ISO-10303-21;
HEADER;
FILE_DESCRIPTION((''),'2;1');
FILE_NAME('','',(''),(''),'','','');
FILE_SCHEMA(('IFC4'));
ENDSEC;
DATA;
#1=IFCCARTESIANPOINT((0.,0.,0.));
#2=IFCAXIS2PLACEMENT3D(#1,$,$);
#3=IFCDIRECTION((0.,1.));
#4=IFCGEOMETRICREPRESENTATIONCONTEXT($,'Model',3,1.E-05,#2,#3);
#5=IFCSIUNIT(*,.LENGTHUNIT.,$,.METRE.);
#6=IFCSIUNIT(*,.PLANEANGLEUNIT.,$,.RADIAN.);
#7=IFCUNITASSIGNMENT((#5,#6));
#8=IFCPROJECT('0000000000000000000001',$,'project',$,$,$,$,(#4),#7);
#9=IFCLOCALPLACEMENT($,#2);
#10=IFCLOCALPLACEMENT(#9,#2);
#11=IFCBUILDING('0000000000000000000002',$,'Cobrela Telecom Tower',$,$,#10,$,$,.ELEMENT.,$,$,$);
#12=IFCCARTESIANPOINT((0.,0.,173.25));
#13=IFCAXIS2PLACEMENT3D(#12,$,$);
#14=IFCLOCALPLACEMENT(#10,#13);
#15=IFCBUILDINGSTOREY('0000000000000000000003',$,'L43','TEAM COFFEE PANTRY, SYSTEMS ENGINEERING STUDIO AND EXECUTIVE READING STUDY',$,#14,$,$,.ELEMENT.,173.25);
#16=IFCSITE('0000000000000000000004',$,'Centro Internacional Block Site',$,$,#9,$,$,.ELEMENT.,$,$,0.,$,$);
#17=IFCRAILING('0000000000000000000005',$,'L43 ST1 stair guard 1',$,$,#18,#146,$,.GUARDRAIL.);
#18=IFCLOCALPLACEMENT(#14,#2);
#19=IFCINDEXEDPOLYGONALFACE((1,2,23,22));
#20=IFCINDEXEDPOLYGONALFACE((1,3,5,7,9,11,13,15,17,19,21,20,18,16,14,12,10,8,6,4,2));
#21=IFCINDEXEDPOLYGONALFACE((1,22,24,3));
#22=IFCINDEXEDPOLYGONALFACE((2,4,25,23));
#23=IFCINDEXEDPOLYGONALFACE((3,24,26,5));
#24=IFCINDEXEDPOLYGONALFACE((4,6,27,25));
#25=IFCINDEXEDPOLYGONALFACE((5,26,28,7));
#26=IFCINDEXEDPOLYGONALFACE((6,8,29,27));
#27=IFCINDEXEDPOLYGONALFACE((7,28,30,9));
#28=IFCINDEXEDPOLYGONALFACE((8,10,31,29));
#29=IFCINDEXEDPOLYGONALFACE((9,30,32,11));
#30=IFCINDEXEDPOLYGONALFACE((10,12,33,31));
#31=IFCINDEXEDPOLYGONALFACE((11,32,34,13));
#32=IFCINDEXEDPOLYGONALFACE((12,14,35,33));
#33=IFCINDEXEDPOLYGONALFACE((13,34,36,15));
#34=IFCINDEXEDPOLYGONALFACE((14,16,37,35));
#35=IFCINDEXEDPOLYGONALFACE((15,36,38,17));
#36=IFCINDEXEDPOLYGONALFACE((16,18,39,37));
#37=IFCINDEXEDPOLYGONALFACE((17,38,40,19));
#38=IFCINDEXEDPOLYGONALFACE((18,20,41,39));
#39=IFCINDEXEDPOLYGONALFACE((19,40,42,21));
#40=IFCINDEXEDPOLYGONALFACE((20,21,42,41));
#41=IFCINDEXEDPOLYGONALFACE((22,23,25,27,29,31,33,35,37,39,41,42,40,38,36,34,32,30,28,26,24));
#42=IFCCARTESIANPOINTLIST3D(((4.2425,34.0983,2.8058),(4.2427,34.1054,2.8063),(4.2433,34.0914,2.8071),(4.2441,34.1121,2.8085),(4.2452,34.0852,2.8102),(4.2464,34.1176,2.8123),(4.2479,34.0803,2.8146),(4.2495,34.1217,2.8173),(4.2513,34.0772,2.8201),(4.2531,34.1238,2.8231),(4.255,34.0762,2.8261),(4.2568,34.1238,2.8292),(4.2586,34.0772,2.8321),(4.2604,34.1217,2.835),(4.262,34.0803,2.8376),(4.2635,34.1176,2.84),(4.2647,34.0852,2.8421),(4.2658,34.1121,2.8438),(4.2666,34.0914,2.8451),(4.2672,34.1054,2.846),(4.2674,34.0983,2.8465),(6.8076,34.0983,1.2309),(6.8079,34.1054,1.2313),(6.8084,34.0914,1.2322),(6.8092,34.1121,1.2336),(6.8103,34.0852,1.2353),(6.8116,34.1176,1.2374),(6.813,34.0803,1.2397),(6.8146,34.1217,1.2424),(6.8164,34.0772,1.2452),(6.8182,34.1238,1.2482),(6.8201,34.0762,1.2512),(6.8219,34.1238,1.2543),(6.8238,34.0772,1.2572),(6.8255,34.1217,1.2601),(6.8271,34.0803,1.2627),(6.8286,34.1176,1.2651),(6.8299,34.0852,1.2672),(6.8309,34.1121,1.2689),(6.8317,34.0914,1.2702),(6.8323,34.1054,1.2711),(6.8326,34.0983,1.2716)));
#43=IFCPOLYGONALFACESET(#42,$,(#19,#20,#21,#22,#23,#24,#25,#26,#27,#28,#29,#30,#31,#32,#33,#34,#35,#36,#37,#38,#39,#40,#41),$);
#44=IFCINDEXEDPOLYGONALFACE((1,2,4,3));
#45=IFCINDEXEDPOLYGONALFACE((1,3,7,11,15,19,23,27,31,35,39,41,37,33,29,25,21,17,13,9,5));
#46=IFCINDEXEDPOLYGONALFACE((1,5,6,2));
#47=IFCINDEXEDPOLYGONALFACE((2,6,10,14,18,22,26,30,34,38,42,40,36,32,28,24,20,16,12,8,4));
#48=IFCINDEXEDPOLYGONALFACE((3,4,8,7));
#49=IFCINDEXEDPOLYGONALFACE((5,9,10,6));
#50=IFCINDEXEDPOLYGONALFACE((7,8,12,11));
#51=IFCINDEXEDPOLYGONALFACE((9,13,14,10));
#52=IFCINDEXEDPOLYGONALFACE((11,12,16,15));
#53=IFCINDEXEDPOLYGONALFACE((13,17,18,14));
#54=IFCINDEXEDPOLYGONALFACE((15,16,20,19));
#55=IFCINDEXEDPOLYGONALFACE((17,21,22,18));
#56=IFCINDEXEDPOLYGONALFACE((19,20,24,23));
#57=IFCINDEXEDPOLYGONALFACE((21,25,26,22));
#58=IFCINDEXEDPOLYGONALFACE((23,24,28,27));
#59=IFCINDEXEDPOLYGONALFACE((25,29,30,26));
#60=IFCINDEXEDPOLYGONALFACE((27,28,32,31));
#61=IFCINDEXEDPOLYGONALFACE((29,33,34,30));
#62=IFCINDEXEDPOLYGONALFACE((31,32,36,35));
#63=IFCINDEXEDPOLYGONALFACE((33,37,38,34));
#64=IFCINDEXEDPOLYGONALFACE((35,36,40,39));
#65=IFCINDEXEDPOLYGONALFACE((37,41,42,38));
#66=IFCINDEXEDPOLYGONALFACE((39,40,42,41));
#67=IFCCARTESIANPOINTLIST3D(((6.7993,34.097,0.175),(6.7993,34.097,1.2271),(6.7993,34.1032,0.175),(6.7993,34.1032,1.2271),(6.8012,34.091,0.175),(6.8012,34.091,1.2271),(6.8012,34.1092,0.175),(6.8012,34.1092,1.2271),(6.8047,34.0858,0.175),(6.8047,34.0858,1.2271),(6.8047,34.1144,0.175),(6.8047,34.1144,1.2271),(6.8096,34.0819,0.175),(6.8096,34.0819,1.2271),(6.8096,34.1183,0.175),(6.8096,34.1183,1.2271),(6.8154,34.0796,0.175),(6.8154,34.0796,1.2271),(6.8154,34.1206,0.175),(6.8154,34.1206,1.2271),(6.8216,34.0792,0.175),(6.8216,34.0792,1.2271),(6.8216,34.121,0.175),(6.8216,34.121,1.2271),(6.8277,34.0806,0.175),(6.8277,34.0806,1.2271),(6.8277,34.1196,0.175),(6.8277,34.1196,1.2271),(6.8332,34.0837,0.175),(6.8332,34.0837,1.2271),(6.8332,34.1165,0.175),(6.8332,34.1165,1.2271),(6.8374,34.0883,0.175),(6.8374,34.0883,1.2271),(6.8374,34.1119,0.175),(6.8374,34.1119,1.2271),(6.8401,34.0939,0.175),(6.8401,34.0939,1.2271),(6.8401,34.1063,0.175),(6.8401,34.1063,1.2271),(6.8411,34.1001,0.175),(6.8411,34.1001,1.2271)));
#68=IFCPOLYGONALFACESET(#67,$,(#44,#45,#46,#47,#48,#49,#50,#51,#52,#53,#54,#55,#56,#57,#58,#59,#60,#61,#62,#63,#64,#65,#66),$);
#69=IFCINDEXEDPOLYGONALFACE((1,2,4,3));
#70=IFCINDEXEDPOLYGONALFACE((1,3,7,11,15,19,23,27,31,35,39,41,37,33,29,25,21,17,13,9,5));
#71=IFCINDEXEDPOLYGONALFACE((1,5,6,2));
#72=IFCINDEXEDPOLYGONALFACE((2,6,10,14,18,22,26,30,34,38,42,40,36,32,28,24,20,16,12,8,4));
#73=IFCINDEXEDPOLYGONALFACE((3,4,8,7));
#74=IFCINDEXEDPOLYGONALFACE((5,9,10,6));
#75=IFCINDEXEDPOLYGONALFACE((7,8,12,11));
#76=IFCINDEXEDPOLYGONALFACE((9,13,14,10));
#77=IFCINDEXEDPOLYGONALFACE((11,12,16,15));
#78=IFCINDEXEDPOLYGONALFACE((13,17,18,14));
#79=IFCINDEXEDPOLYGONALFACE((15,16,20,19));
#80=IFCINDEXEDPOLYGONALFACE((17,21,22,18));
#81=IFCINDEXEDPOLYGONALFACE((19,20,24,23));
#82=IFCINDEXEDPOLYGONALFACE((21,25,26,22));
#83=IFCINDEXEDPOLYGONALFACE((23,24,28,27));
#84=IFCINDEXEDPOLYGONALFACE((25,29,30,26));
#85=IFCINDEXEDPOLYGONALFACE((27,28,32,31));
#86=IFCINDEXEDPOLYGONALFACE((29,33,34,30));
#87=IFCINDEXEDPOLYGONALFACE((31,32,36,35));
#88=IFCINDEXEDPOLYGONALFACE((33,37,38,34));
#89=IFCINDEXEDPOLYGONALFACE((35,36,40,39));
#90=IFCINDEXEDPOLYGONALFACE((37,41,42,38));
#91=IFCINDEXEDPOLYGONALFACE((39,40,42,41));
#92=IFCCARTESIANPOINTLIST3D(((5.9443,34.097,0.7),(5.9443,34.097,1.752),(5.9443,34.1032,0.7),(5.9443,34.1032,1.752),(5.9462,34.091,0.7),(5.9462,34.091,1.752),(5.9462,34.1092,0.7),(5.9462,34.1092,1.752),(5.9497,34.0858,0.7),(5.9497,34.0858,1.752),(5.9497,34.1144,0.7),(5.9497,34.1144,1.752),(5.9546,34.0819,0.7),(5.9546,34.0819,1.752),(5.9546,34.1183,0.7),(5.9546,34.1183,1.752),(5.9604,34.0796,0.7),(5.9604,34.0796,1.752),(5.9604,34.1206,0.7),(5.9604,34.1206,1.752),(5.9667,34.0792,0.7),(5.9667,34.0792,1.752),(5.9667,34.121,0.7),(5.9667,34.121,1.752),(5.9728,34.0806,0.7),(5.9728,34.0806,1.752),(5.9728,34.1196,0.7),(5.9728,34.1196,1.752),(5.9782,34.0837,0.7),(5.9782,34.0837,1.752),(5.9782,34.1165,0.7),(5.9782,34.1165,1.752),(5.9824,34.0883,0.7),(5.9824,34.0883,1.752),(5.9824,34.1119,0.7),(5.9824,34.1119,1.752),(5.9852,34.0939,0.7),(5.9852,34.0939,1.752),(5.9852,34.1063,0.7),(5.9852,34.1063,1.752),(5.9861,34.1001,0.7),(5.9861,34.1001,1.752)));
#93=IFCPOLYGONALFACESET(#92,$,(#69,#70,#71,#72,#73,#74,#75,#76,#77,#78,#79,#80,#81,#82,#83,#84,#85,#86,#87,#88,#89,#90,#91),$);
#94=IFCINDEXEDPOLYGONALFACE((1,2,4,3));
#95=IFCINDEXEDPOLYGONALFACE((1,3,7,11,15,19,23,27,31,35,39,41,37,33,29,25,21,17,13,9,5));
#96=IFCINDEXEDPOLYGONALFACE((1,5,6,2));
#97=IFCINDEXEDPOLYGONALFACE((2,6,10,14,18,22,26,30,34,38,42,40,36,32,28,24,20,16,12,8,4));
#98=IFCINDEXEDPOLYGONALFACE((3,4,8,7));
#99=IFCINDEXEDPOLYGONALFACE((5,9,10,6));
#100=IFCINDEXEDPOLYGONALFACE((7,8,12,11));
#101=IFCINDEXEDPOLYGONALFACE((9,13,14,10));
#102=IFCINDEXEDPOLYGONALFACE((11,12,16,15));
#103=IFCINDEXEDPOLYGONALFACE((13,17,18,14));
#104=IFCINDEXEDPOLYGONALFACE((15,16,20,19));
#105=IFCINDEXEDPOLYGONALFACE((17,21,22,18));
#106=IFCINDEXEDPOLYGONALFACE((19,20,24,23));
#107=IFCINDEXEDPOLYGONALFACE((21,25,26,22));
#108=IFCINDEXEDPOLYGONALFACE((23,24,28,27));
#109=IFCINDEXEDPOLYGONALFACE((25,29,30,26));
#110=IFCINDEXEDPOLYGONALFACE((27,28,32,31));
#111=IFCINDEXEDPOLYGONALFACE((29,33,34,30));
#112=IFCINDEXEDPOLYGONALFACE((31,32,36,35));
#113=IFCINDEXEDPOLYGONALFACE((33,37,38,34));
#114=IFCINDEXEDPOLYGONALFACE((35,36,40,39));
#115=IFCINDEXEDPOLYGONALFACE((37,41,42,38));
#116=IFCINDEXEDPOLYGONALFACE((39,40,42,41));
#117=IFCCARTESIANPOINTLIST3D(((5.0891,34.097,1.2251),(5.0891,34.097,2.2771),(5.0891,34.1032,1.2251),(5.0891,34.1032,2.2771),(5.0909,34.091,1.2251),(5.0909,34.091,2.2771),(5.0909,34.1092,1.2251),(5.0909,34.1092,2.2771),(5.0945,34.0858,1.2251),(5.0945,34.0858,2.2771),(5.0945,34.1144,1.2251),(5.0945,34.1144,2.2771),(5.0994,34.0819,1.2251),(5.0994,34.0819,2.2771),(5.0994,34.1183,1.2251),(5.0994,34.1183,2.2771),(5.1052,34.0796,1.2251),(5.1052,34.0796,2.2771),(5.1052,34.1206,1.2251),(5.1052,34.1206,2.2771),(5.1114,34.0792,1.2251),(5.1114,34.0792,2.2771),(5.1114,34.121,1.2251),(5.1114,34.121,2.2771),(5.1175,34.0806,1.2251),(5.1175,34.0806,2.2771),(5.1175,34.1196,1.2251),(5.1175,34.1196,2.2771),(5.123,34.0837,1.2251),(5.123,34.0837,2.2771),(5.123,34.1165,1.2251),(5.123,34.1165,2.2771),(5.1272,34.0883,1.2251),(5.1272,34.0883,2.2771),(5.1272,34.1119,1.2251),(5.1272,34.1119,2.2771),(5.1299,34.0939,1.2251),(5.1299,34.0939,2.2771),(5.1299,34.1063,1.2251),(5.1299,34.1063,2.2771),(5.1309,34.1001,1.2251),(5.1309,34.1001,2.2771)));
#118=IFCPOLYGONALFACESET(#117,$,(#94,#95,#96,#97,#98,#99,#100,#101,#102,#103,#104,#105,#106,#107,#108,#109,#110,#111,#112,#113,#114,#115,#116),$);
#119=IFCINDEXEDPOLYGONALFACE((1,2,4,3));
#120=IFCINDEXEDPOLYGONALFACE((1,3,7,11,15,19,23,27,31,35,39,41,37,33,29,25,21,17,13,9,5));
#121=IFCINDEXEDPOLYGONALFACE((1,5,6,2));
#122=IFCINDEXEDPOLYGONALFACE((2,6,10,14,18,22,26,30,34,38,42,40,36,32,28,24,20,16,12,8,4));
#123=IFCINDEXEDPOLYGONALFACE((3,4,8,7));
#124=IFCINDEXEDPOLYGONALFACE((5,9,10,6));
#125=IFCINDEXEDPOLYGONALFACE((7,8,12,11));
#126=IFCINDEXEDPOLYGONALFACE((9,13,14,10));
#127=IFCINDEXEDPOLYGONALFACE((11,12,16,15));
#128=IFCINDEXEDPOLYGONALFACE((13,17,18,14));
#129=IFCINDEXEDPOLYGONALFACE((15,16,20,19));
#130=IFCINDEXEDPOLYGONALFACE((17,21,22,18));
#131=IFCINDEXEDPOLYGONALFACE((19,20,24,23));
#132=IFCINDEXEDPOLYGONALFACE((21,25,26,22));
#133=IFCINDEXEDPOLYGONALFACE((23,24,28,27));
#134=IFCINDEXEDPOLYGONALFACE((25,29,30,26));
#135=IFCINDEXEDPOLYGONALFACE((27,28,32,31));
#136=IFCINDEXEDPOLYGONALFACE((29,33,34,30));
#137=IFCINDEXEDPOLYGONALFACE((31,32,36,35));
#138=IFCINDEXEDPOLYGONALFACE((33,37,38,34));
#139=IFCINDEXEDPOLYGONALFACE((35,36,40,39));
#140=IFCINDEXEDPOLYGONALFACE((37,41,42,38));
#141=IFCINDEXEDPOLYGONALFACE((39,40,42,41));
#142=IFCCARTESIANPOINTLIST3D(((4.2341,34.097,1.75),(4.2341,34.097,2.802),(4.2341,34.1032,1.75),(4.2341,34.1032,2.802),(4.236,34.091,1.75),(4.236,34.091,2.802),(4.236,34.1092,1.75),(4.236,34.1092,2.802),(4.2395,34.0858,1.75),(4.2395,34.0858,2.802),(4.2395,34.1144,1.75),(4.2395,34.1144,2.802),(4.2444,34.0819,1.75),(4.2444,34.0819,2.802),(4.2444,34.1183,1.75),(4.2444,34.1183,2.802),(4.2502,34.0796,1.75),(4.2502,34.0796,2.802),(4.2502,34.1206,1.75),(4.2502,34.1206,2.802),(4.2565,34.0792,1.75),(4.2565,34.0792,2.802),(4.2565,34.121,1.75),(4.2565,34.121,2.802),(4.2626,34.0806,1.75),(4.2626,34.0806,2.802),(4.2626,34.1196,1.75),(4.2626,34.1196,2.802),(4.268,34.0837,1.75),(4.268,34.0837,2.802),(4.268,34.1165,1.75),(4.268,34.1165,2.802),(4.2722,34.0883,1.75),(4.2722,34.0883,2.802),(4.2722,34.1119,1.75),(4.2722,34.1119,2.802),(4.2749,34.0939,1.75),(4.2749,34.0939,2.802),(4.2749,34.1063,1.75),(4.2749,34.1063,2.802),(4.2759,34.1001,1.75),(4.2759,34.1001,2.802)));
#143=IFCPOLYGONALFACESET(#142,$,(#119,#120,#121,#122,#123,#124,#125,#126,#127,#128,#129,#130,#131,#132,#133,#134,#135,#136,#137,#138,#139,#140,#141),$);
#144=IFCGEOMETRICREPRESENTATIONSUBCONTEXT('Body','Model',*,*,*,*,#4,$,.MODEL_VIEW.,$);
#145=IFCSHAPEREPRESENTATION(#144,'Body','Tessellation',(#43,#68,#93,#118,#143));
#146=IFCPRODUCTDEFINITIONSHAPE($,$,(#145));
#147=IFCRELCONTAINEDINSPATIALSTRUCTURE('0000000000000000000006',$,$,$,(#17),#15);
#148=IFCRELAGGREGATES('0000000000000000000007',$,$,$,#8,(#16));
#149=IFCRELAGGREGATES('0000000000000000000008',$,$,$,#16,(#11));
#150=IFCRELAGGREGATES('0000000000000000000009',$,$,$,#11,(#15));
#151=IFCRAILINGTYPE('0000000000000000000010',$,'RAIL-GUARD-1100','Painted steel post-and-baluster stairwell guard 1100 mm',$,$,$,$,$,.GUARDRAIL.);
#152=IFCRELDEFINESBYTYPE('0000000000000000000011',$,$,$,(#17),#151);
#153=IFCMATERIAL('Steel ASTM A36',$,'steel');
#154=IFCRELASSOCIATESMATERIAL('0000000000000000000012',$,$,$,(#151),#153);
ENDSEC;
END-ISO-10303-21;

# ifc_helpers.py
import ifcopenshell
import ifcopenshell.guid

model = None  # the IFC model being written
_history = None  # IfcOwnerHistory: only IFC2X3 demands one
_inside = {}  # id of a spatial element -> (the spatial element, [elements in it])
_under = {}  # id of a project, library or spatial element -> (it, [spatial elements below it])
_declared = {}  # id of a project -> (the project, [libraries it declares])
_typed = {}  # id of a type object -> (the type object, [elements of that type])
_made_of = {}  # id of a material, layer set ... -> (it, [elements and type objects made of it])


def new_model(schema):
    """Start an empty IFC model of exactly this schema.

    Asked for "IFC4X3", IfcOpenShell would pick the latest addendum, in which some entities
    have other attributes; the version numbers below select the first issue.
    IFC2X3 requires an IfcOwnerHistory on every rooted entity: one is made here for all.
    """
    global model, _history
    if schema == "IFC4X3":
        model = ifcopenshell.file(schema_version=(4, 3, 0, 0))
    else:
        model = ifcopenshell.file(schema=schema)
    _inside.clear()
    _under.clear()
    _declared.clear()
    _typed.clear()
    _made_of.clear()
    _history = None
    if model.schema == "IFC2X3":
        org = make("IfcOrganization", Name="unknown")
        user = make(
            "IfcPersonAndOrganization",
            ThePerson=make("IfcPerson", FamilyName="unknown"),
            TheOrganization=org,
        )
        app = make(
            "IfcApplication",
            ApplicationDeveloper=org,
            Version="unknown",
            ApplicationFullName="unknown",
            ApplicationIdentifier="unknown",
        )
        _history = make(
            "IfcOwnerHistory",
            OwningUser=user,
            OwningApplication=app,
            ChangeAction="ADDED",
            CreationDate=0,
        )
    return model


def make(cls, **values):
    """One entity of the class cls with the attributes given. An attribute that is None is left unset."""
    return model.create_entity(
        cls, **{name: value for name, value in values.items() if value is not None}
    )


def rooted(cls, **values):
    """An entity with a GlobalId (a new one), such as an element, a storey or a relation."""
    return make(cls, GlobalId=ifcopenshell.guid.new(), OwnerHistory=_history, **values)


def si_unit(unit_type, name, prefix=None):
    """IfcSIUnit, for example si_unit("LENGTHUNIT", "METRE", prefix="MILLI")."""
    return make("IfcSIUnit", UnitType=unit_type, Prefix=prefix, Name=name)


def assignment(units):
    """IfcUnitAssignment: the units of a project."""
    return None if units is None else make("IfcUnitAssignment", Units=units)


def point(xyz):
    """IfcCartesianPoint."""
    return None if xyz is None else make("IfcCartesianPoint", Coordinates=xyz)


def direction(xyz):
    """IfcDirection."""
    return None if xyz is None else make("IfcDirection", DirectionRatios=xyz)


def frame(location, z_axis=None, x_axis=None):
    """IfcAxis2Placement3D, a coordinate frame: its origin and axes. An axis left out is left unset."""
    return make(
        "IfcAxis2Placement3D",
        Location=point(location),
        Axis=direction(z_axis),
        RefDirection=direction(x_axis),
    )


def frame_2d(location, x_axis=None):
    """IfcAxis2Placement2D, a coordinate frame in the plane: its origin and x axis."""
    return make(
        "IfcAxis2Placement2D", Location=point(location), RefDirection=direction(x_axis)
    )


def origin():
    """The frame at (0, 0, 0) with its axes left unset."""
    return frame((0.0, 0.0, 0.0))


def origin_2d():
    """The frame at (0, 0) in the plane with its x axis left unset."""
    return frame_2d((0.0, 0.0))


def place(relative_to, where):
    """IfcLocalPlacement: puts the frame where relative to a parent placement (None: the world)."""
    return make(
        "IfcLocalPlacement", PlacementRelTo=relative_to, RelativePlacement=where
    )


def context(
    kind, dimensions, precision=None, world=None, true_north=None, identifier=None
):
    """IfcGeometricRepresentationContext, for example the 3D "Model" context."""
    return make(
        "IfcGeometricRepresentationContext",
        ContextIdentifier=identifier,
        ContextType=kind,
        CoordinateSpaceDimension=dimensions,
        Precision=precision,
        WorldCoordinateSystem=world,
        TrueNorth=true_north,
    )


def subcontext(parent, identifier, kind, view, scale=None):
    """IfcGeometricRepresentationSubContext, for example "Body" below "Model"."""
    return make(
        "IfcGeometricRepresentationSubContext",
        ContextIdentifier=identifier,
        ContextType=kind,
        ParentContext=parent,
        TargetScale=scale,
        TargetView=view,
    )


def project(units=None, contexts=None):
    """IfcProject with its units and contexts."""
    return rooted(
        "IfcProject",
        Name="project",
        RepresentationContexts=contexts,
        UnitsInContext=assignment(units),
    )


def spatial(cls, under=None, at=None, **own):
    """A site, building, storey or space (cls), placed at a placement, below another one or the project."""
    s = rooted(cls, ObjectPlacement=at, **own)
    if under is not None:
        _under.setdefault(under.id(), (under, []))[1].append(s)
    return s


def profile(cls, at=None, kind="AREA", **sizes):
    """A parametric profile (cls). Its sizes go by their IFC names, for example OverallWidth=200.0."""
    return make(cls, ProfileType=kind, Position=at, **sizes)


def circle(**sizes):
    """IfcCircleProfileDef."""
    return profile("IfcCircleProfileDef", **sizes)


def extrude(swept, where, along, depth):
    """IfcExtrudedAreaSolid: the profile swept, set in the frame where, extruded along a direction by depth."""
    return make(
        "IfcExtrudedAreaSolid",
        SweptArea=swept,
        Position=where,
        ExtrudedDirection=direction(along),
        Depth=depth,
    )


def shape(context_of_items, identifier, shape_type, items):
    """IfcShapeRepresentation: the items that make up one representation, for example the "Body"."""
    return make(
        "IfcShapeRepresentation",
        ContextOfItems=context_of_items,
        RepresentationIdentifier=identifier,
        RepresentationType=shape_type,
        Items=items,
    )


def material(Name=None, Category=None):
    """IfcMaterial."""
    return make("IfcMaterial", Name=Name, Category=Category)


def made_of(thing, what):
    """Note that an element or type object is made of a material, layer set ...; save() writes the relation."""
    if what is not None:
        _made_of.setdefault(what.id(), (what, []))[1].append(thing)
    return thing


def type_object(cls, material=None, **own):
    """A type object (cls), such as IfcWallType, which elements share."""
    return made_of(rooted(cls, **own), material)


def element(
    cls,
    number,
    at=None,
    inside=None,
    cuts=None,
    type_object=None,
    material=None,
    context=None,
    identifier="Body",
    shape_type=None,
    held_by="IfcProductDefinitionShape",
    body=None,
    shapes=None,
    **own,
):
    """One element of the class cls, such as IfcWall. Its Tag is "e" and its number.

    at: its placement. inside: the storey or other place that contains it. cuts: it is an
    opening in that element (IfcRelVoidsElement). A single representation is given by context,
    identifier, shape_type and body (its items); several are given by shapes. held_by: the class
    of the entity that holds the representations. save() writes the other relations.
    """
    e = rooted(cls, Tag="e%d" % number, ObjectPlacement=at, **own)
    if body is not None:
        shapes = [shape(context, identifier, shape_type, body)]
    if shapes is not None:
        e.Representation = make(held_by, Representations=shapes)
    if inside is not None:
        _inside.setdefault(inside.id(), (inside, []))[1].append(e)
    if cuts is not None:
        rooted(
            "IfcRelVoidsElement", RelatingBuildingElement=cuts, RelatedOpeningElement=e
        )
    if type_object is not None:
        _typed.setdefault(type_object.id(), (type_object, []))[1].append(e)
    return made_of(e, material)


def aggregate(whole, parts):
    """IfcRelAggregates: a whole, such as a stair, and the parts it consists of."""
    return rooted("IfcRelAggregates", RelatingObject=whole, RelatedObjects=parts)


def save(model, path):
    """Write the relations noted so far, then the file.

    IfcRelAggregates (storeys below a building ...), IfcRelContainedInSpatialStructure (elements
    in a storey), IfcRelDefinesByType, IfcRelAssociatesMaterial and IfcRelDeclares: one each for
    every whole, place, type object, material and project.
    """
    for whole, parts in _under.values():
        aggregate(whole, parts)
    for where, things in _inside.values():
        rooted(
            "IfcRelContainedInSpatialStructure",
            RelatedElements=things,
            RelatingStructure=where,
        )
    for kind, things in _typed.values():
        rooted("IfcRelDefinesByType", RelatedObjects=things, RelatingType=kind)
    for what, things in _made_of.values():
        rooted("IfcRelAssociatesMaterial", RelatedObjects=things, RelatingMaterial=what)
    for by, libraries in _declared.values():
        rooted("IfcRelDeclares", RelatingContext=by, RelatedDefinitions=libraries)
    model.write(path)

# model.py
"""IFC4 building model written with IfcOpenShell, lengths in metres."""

from ifc_helpers import new_model, si_unit, direction, frame, origin, origin_2d, place, context, subcontext, project, spatial, circle, extrude, material, type_object, element, save


model = new_model("IFC4")

# Units and contexts
model_context = context("Model", 3, precision=1e-05, world=origin(), true_north=direction((0.0, 1.0)))
body_context = subcontext(model_context, "Body", "Model", "MODEL_VIEW")
ifc_project = project(units=[si_unit("LENGTHUNIT", "METRE"), si_unit("PLANEANGLEUNIT", "RADIAN")], contexts=[model_context])

# Site, building, storey
site_placement = place(None, origin())
site = spatial("IfcSite", under=ifc_project, at=site_placement, Name="Centro Internacional Block Site", CompositionType="ELEMENT", RefElevation=0.0)
building_placement = place(site_placement, origin())
building = spatial("IfcBuilding", under=site, at=building_placement, Name="Cobrela Telecom Tower", CompositionType="ELEMENT")
storey_placement = place(building_placement, frame((0.0, 0.0, 173.25)))
storey = spatial("IfcBuildingStorey", under=building, at=storey_placement, Name="L43", Description="TEAM COFFEE PANTRY, SYSTEMS ENGINEERING STUDIO AND EXECUTIVE READING STUDY", CompositionType="ELEMENT", Elevation=173.25)

# Shared definitions
ifc_material_1 = material(Name="Steel ASTM A36", Category="steel")

# Railing
railing_type_1 = type_object("IfcRailingType", Name="RAIL-GUARD-1100", Description="Painted steel post-and-baluster stairwell guard 1100 mm", PredefinedType="GUARDRAIL", material=ifc_material_1)
railing_1_placement = place(storey_placement, frame((6.8201, 34.1001, 0.175)))
element("IfcRailing", 1, at=railing_1_placement, inside=storey, type_object=railing_type_1, Name="L43 ST1 stair guard 1", PredefinedType="GUARDRAIL", context=body_context, shape_type="SweptSolid", body=[
    extrude(circle(Radius=0.0239, at=origin_2d()), frame((0.0, 0.0, 1.0762), z_axis=(-0.852195, 0.0, 0.523224), x_axis=(0.0, -1.0, 0.0)), (0.0, 0.0, 1.0), 3.01),
    extrude(circle(Radius=0.021, at=origin_2d()), origin(), (0.0, 0.0, 1.0), 1.052),
    extrude(circle(Radius=0.021, at=origin_2d()), frame((-0.855, 0.0, 0.5249)), (0.0, 0.0, 1.0), 1.052),
    extrude(circle(Radius=0.021, at=origin_2d()), frame((-1.7102, 0.0, 1.05)), (0.0, 0.0, 1.0), 1.052),
    extrude(circle(Radius=0.021, at=origin_2d()), frame((-2.5652, 0.0, 1.575)), (0.0, 0.0, 1.0), 1.052),
])

save(model, "model.ifc")
